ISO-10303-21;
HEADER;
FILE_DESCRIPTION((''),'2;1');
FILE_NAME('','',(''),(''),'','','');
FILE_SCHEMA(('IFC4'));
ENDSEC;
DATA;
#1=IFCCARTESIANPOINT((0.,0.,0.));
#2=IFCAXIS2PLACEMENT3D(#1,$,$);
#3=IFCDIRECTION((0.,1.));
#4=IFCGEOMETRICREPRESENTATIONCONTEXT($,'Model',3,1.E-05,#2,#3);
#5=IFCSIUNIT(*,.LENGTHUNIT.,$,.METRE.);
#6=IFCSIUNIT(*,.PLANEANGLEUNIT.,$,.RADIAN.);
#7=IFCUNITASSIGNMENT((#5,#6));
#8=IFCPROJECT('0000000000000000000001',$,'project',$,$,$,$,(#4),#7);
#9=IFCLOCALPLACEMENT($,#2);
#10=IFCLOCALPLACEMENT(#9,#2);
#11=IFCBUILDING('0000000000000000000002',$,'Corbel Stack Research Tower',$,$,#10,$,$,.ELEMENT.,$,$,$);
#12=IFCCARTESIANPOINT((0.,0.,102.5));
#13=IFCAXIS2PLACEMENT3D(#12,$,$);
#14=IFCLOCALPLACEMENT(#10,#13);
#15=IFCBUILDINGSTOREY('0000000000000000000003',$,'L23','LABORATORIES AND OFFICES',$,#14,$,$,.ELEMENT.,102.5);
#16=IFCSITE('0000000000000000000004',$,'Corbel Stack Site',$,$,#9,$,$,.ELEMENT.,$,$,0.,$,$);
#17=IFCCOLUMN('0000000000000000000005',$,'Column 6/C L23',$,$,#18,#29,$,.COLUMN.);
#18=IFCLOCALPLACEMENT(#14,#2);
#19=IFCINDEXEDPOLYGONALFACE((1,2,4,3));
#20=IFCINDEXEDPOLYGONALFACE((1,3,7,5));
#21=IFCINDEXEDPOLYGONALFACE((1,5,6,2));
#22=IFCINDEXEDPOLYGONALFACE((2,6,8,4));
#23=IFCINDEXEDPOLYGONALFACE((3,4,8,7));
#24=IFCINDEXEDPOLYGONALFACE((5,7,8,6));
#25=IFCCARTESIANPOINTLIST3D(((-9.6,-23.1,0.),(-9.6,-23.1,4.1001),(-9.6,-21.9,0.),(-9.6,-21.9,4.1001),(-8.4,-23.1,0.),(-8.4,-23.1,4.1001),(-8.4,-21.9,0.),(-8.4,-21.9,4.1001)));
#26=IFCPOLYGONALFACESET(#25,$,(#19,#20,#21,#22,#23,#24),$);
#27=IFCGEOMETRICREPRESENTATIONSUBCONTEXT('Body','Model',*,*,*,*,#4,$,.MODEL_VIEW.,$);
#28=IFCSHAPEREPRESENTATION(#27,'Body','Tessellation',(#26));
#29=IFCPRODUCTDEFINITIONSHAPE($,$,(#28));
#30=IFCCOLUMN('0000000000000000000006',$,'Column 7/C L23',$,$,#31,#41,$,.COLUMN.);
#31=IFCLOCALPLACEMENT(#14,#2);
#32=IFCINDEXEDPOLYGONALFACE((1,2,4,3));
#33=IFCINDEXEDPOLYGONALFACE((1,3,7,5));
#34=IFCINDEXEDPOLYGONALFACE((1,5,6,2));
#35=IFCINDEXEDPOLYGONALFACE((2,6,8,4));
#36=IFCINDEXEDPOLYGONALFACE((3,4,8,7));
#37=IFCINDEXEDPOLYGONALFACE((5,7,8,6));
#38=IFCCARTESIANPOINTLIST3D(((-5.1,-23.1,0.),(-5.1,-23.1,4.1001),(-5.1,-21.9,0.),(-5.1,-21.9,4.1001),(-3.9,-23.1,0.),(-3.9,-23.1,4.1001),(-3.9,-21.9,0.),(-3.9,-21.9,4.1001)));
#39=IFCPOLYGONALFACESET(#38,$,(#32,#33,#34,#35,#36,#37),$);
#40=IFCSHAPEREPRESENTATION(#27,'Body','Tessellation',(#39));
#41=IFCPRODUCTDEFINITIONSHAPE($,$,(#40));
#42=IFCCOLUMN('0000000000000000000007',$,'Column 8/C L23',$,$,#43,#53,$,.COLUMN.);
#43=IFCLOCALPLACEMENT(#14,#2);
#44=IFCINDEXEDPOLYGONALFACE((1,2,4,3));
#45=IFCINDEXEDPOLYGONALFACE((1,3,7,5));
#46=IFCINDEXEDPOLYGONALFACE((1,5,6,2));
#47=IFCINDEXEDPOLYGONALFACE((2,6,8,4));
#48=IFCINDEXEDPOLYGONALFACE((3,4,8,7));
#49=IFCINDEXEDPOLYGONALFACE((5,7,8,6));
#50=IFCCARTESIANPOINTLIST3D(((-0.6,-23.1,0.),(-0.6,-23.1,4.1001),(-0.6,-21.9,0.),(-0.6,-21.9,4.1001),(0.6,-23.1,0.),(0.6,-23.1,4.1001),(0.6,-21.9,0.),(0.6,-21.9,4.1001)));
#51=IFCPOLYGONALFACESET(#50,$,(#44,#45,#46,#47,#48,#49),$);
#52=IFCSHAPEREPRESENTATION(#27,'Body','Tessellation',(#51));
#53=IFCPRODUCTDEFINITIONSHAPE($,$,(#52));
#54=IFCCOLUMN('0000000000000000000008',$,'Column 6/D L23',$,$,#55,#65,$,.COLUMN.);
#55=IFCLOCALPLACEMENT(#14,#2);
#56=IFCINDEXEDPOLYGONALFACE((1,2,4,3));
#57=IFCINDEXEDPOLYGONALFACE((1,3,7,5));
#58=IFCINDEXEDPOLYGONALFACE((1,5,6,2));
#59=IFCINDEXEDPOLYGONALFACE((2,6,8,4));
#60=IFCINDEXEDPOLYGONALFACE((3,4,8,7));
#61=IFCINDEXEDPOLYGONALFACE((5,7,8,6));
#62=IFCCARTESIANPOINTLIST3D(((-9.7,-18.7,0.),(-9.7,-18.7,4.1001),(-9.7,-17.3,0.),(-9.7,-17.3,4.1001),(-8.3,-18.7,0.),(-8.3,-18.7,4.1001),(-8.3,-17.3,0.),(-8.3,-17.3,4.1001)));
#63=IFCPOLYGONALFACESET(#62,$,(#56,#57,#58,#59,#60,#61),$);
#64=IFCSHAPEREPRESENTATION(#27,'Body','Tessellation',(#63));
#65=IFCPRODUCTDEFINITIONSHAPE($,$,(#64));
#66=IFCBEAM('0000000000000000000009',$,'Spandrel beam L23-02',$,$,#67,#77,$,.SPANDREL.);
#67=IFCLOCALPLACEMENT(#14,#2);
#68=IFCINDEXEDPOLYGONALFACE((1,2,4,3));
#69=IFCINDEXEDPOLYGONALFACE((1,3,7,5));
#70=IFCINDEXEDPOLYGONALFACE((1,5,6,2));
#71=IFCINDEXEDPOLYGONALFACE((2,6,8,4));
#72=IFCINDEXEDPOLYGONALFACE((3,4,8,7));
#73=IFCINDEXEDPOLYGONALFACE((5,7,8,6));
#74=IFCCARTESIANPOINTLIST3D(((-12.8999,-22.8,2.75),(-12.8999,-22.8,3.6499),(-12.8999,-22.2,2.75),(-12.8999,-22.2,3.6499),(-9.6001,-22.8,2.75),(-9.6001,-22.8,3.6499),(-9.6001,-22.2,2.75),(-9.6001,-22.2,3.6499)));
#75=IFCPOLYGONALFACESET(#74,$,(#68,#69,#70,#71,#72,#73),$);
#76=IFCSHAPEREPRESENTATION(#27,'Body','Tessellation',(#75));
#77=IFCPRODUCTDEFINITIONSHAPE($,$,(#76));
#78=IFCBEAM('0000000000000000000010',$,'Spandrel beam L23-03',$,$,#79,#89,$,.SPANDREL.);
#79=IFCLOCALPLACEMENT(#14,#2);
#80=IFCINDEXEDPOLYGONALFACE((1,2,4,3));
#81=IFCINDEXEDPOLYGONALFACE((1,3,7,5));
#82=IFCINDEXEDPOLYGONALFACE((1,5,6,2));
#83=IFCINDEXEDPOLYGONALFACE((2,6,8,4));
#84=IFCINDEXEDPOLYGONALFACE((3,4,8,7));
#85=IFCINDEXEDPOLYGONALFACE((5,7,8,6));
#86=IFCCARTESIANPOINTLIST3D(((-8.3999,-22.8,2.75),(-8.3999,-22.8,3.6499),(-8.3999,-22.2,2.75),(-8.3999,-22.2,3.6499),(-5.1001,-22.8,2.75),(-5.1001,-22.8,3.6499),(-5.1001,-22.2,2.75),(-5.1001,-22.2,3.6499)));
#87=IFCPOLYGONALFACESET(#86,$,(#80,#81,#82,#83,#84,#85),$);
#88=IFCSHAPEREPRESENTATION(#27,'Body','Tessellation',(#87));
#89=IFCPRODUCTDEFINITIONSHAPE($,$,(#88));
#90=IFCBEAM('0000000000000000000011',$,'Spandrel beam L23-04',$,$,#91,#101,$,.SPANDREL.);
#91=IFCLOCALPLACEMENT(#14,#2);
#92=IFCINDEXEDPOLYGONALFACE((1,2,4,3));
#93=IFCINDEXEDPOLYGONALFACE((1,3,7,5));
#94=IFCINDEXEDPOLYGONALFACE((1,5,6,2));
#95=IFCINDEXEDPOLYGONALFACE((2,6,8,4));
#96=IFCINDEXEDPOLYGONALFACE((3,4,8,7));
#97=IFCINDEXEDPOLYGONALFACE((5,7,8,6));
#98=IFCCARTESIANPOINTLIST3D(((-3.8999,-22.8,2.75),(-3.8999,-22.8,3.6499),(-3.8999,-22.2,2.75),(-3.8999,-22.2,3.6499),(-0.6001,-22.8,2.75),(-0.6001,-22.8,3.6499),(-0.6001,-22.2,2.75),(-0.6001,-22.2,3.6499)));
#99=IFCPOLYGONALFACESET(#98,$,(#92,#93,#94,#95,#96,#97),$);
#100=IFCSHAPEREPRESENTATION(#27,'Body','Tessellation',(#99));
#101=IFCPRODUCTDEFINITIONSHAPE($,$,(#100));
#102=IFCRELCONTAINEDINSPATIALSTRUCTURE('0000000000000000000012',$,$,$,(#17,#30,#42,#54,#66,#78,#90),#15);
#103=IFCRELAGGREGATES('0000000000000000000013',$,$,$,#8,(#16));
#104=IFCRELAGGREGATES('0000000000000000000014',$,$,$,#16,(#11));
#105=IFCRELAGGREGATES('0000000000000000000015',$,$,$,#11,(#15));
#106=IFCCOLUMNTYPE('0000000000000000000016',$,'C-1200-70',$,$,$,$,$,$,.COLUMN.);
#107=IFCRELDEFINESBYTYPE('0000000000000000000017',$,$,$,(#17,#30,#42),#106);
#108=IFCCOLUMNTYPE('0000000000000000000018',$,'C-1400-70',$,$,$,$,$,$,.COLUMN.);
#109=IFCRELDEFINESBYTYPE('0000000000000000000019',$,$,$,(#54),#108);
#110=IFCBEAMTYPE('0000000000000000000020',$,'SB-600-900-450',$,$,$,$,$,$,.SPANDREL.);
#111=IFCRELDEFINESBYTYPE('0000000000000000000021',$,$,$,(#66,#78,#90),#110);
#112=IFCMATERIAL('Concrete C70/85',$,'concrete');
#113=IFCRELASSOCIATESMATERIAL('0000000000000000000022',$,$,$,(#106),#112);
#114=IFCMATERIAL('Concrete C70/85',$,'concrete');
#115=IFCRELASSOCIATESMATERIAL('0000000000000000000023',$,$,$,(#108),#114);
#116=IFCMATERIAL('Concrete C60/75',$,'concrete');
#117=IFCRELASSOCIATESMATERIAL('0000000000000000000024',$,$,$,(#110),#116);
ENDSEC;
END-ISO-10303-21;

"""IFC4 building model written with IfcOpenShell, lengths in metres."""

from ifc_helpers import new_model, si_unit, direction, frame, origin, origin_2d, place, context, subcontext, project, spatial, rectangle, extrude, material, material_profile, profile_set, type_object, element, save


model = new_model("IFC4")

# Units and contexts
model_context = context("Model", 3, precision=1e-05, world=origin(), true_north=direction((0.0, 1.0)))
body_context = subcontext(model_context, "Body", "Model", "MODEL_VIEW")
ifc_project = project(units=[si_unit("LENGTHUNIT", "METRE"), si_unit("PLANEANGLEUNIT", "RADIAN")], contexts=[model_context])

# Site, building, storey
site_placement = place(None, origin())
site = spatial("IfcSite", under=ifc_project, at=site_placement, Name="Corbel Stack Site", CompositionType="ELEMENT", RefElevation=0.0)
building_placement = place(site_placement, origin())
building = spatial("IfcBuilding", under=site, at=building_placement, Name="Corbel Stack Research Tower", CompositionType="ELEMENT")
storey_placement = place(building_placement, frame((0.0, 0.0, 102.5)))
storey = spatial("IfcBuildingStorey", under=building, at=storey_placement, Name="L23", Description="LABORATORIES AND OFFICES", CompositionType="ELEMENT", Elevation=102.5)

# Columns
ifc_material_1 = material(Name="Concrete C70/85", Category="concrete")
ifc_material_profile_1 = material_profile(ifc_material_1, rectangle(XDim=1.2, YDim=1.2, at=origin_2d()), Name="RC 1200 x 1200")
ifc_profile_set_1 = profile_set([ifc_material_profile_1], Name="Concrete C70/85")
column_type_1 = type_object("IfcColumnType", Name="C-1200-70", PredefinedType="COLUMN", material=ifc_profile_set_1)
for number, where, z_axis, x_axis, name in (
    (1, (-9.0, -22.5, 0.0), (0.0, 0.0, 1.0), (1.0, 0.0, 0.0), "Column 6/C L23"),
    (2, (-4.5, -22.5, 0.0), (0.0, 0.0, 1.0), (1.0, 0.0, 0.0), "Column 7/C L23"),
    (3, (0.0, -22.5, 0.0), (0.0, 0.0, 1.0), (1.0, 0.0, 0.0), "Column 8/C L23"),
):
    element("IfcColumn", number, at=place(storey_placement, frame(where, z_axis=z_axis, x_axis=x_axis)), inside=storey, type_object=column_type_1, Name=name, PredefinedType="COLUMN", context=body_context, shape_type="SweptSolid", body=[
        extrude(rectangle(XDim=1.2, YDim=1.2, at=origin_2d()), origin(), (0.0, 0.0, 1.0), 4.1001),
    ])
ifc_material_2 = material(Name="Concrete C70/85", Category="concrete")
ifc_material_profile_2 = material_profile(ifc_material_2, rectangle(XDim=1.3999, YDim=1.3999, at=origin_2d()), Name="RC 1400 x 1400")
ifc_profile_set_2 = profile_set([ifc_material_profile_2], Name="Concrete C70/85")
column_type_2 = type_object("IfcColumnType", Name="C-1400-70", PredefinedType="COLUMN", material=ifc_profile_set_2)
column_placement = place(storey_placement, frame((-9.0, -18.0, 0.0), z_axis=(0.0, 0.0, 1.0), x_axis=(1.0, 0.0, 0.0)))
element("IfcColumn", 4, at=column_placement, inside=storey, type_object=column_type_2, Name="Column 6/D L23", PredefinedType="COLUMN", context=body_context, shape_type="SweptSolid", body=[
    extrude(rectangle(XDim=1.3999, YDim=1.3999, at=origin_2d()), origin(), (0.0, 0.0, 1.0), 4.1001),
])

# Beams
ifc_material_3 = material(Name="Concrete C60/75", Category="concrete")
ifc_material_profile_3 = material_profile(ifc_material_3, rectangle(XDim=0.6001, YDim=0.8999, at=origin_2d()), Name="RC 600 x 900")
ifc_profile_set_3 = profile_set([ifc_material_profile_3], Name="Concrete C60/75")
beam_type = type_object("IfcBeamType", Name="SB-600-900-450", PredefinedType="SPANDREL", material=ifc_profile_set_3)
for number, where, z_axis, x_axis, name in (
    (5, (-12.8999, -22.5, 3.2), (1.0, 0.0, 0.0), (0.0, 1.0, 0.0), "Spandrel beam L23-02"),
    (6, (-8.3999, -22.5, 3.2), (1.0, 0.0, 0.0), (0.0, 1.0, 0.0), "Spandrel beam L23-03"),
    (7, (-3.8999, -22.5, 3.2), (1.0, 0.0, 0.0), (0.0, 1.0, 0.0), "Spandrel beam L23-04"),
):
    element("IfcBeam", number, at=place(storey_placement, frame(where, z_axis=z_axis, x_axis=x_axis)), inside=storey, type_object=beam_type, Name=name, PredefinedType="SPANDREL", context=body_context, shape_type="SweptSolid", body=[
        extrude(rectangle(XDim=0.6001, YDim=0.8999, at=origin_2d()), origin(), (0.0, 0.0, 1.0), 3.2998),
    ])

save(model, "model.ifc")
